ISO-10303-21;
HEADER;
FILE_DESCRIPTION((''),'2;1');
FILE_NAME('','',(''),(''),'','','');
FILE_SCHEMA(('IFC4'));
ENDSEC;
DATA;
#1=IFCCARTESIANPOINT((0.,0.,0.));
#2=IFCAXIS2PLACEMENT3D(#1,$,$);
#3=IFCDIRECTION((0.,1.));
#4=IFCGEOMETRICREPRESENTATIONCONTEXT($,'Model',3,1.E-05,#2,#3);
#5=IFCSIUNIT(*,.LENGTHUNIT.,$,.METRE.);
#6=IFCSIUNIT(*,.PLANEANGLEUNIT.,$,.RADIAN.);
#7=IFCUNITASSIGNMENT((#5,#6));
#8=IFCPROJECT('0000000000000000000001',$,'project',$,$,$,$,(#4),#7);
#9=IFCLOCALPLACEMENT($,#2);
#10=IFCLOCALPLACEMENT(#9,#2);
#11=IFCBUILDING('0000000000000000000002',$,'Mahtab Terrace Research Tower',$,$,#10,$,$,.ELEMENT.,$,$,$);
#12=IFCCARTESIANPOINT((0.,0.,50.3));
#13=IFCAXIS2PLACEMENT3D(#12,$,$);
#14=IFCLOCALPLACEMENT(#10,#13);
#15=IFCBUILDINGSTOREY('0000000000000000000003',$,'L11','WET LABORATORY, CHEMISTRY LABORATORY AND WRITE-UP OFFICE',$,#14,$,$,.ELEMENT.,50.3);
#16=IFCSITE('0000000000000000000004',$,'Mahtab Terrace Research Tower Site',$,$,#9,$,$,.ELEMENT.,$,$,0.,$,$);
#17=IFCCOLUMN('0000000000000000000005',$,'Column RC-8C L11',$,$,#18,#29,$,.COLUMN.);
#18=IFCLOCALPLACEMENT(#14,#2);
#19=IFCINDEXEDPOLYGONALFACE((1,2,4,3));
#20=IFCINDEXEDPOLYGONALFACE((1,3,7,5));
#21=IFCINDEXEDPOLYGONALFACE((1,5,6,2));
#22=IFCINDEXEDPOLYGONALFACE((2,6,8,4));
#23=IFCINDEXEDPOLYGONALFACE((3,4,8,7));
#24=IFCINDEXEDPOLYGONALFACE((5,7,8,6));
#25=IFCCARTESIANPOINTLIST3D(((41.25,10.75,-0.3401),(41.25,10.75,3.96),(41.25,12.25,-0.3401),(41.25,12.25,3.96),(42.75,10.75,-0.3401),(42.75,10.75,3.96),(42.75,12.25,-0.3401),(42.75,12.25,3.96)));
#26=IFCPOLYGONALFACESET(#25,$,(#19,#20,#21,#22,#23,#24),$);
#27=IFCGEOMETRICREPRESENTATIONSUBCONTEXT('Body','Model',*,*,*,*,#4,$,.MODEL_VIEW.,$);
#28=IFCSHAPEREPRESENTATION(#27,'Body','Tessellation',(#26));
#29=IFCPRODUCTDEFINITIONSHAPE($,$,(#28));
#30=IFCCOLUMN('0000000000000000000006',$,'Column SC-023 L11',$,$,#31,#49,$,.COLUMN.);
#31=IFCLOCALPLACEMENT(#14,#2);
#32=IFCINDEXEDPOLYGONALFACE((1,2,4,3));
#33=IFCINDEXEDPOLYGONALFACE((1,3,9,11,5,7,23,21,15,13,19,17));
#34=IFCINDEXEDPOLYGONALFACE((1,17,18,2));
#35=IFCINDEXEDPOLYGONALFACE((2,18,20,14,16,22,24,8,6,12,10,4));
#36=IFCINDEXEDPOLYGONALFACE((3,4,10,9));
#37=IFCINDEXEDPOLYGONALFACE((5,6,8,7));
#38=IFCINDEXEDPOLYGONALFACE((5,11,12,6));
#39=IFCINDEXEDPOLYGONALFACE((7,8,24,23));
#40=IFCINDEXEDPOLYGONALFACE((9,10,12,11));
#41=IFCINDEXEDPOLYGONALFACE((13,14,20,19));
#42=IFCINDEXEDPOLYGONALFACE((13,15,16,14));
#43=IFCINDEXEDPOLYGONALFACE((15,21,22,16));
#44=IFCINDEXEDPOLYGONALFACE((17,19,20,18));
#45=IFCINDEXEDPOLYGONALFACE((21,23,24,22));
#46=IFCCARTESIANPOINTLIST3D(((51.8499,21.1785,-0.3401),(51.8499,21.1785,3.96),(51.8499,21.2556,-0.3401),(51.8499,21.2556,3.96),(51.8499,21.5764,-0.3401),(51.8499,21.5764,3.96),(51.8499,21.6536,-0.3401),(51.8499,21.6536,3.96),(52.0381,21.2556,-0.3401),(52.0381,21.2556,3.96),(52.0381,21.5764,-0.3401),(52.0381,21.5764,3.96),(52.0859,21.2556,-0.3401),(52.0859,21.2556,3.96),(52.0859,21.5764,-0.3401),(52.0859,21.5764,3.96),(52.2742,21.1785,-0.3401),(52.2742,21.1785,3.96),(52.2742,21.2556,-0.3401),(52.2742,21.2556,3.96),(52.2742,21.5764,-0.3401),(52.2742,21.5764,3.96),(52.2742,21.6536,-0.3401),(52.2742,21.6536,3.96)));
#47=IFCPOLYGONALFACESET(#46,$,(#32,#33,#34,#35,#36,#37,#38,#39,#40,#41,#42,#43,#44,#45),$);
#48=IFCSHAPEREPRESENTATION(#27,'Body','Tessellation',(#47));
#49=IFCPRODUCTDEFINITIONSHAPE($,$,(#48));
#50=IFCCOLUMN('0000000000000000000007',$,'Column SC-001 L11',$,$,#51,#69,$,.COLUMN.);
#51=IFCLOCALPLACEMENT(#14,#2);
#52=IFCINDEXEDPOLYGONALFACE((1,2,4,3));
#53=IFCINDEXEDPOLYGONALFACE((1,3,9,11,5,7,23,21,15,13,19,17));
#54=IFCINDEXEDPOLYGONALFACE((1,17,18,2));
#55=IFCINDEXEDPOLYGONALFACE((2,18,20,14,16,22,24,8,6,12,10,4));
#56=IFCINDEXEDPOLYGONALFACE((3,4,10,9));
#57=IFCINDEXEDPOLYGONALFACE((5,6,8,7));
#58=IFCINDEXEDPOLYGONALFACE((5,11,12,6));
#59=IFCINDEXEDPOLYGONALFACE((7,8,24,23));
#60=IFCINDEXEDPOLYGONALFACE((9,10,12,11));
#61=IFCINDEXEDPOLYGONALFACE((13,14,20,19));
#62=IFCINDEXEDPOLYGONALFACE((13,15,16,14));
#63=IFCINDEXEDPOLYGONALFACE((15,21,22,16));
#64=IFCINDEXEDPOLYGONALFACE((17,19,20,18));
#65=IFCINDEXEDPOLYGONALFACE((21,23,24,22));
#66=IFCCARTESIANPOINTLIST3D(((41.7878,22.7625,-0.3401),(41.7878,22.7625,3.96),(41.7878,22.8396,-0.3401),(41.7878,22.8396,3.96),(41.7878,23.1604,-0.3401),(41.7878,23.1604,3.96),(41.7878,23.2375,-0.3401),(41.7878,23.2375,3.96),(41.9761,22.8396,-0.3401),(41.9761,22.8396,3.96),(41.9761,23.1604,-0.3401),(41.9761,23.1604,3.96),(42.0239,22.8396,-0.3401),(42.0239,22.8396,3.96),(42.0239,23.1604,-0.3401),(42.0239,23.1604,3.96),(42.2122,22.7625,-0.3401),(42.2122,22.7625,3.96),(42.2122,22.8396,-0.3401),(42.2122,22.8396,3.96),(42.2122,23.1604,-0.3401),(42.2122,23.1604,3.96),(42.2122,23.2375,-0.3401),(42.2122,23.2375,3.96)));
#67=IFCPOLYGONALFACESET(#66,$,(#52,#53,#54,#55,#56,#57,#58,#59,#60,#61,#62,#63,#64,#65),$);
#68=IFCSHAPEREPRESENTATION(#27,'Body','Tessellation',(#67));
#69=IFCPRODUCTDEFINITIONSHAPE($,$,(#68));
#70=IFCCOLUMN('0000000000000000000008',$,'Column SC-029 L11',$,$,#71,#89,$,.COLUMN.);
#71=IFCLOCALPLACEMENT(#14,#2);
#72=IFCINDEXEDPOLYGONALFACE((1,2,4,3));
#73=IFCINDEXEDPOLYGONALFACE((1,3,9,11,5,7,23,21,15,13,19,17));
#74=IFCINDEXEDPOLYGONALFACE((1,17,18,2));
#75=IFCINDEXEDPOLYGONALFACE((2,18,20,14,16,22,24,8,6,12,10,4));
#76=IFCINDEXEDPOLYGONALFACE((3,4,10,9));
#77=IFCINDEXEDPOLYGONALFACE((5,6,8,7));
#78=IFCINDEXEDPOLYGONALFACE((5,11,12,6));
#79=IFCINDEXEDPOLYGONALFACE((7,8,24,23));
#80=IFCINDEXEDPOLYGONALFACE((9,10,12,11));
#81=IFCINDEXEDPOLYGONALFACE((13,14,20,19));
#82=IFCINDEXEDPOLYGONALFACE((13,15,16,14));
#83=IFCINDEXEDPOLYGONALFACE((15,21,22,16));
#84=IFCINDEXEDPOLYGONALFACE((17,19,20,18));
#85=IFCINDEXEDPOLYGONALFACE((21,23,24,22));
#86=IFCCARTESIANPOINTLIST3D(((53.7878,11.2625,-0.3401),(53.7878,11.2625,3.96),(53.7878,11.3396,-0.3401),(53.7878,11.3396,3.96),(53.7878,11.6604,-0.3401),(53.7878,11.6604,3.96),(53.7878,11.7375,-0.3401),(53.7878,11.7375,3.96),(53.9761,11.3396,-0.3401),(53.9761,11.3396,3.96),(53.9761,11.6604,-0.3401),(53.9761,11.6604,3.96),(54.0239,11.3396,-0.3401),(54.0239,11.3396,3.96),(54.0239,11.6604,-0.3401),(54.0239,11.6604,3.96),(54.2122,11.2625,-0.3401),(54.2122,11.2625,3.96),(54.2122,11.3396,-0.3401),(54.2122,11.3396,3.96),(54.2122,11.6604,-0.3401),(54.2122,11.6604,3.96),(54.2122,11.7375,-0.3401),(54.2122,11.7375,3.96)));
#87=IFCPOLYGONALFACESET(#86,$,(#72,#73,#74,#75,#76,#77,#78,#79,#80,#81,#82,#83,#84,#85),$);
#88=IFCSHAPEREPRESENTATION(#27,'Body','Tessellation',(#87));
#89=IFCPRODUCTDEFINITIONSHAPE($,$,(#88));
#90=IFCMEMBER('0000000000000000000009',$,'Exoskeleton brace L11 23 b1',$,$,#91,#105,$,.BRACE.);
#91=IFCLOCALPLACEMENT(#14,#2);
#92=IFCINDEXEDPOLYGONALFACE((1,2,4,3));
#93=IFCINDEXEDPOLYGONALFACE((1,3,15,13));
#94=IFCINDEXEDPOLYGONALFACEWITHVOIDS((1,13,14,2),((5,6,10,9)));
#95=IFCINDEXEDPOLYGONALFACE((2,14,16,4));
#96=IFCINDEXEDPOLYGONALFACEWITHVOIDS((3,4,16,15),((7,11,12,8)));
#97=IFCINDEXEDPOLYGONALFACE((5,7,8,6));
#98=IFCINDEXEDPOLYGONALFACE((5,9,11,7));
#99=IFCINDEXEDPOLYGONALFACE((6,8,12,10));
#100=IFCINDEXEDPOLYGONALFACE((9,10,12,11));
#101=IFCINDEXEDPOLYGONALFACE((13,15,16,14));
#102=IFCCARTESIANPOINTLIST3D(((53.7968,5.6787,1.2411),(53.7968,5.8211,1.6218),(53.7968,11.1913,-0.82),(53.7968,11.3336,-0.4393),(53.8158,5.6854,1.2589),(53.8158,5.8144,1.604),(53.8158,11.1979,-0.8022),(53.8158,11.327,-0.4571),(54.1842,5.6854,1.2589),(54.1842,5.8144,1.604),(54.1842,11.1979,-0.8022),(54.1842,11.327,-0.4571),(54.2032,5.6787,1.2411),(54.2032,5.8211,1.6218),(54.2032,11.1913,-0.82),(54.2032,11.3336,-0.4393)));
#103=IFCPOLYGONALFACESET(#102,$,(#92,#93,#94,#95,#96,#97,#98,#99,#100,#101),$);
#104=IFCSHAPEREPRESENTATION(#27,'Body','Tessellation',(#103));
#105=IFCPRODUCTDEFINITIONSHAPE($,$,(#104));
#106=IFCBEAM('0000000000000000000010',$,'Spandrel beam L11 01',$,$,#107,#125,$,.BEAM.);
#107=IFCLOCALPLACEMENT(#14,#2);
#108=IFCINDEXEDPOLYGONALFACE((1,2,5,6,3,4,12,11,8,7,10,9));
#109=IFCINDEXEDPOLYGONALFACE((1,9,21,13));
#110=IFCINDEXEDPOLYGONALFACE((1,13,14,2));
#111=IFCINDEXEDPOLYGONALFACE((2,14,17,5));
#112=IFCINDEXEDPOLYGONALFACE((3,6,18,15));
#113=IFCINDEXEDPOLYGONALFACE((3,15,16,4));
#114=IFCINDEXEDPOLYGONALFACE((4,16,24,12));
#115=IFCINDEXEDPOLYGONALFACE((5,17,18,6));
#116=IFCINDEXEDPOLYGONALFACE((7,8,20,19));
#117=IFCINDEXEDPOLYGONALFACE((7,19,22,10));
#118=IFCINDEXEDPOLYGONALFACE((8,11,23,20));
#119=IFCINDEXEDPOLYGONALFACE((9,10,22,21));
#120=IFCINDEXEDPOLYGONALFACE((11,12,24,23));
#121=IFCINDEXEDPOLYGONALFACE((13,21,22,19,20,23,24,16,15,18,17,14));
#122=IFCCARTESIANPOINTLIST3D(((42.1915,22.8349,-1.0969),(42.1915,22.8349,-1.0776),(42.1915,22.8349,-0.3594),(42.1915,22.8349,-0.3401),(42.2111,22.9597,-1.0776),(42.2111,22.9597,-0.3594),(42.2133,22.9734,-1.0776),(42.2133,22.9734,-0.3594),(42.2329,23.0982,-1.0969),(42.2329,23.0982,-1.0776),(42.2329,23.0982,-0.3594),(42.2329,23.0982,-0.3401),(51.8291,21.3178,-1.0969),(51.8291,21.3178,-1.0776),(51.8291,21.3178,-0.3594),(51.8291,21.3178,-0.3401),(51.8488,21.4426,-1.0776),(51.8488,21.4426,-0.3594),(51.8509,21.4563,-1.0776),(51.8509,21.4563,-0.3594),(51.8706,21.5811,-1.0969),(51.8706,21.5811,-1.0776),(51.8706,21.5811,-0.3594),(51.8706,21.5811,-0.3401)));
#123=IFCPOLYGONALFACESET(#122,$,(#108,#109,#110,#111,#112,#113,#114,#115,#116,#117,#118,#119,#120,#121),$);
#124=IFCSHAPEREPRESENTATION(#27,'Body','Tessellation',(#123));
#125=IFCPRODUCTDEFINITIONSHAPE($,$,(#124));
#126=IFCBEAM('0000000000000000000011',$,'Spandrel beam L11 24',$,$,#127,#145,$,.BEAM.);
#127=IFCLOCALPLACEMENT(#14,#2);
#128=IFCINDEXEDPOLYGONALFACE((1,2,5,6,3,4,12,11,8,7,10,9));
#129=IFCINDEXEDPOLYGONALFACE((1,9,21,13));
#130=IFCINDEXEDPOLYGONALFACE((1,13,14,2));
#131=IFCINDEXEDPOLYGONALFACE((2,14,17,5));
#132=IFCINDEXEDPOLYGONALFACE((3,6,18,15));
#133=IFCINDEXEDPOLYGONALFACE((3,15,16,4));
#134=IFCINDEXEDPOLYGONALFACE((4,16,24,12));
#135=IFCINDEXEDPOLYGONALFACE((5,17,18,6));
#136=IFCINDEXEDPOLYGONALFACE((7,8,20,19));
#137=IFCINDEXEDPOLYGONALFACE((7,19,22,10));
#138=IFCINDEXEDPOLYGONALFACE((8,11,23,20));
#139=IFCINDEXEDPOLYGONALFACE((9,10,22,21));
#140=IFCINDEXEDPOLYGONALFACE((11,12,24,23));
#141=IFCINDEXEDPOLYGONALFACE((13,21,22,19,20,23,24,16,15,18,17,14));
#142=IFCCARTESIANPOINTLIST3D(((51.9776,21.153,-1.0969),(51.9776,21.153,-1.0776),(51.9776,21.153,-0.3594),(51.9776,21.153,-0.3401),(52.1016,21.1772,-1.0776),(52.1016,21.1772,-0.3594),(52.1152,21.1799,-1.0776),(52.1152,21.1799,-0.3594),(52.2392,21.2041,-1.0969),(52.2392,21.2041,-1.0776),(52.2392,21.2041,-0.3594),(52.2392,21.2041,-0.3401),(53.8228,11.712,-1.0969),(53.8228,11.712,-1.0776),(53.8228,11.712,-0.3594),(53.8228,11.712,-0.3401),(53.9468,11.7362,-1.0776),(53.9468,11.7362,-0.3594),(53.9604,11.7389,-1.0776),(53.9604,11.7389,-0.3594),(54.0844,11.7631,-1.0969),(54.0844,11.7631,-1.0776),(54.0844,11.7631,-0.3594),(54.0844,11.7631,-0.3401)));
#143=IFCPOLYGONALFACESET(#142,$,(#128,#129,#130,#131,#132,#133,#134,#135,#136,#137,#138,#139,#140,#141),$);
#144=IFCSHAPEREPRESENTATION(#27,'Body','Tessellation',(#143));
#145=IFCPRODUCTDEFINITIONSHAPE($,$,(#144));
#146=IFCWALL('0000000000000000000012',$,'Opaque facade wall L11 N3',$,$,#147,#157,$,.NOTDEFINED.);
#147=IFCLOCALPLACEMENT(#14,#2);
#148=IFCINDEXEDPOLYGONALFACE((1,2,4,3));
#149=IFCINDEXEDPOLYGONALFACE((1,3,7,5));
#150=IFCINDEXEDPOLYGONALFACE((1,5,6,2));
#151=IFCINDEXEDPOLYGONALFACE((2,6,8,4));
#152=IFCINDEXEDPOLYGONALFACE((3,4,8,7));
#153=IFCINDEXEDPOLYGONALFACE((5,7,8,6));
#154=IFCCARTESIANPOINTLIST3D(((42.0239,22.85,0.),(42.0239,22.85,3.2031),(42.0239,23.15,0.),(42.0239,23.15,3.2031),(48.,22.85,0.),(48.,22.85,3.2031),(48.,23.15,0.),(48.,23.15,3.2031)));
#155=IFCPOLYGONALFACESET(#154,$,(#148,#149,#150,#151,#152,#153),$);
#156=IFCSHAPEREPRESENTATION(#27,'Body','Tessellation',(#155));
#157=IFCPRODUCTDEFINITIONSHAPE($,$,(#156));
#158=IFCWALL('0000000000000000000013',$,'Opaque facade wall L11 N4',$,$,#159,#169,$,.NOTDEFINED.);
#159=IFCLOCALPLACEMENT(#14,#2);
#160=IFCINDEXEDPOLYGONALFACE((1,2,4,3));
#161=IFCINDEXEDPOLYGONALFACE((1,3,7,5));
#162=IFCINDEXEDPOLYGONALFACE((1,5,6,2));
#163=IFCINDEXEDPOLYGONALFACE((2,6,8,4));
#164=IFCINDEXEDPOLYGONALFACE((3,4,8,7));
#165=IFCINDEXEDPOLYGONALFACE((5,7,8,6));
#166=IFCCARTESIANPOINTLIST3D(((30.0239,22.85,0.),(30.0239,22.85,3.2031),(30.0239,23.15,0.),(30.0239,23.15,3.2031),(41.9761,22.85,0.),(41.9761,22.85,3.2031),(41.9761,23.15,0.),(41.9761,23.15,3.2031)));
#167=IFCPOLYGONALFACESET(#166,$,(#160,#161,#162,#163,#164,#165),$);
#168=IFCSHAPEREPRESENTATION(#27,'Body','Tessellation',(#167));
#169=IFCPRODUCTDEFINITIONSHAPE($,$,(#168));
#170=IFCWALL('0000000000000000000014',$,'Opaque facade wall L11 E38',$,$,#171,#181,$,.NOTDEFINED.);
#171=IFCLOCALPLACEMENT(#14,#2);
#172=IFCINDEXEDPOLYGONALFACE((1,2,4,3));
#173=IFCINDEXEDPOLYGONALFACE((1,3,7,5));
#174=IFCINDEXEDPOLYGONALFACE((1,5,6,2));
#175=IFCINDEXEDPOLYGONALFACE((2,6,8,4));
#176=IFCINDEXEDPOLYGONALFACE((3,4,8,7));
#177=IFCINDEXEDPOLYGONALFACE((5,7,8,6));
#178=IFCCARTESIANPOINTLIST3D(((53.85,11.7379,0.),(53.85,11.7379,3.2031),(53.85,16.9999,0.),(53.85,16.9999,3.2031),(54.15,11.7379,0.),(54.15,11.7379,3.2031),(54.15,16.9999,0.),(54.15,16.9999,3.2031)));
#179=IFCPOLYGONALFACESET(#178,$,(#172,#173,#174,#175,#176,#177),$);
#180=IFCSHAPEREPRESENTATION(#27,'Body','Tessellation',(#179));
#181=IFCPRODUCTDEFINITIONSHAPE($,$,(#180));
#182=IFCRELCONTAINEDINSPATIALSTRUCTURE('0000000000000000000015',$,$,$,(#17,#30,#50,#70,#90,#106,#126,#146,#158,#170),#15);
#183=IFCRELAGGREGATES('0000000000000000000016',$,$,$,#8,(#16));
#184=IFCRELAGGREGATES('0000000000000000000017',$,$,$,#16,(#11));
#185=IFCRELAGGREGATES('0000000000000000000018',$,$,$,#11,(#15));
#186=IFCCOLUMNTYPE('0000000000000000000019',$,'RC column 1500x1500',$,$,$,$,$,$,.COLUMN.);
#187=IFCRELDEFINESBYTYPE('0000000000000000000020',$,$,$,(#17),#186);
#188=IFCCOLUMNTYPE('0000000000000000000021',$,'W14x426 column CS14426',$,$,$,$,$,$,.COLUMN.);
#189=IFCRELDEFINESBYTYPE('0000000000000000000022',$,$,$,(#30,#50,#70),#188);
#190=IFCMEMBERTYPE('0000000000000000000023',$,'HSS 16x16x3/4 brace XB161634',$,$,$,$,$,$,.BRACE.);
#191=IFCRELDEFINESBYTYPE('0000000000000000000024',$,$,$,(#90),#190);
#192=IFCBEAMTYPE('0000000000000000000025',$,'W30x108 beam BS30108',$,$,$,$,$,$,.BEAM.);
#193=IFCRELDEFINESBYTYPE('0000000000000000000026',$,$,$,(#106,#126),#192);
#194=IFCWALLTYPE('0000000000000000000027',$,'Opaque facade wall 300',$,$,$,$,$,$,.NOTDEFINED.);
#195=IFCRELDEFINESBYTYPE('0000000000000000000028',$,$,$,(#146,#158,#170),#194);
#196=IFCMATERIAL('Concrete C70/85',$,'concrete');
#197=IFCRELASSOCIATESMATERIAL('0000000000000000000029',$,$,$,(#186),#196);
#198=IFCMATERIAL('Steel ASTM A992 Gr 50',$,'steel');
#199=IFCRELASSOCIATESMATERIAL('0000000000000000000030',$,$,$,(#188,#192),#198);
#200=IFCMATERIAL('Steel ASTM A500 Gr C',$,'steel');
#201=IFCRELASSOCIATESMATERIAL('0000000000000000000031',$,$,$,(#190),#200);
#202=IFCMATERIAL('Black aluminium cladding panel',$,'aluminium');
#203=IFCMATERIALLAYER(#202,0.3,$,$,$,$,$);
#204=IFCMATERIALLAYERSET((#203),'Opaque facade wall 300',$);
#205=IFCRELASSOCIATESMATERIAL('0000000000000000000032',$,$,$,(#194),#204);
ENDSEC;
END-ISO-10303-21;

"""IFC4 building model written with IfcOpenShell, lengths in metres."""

from ifc_helpers import new_model, si_unit, direction, frame, frame_2d, origin, origin_2d, place, context, subcontext, project, spatial, rectangle, hollow_rectangle, i_section, extrude, material, layer, layer_set, material_profile, profile_set, type_object, element, save


model = new_model("IFC4")

# Units and contexts
model_context = context("Model", 3, precision=1e-05, world=origin(), true_north=direction((0.0, 1.0)))
body_context = subcontext(model_context, "Body", "Model", "MODEL_VIEW")
ifc_project = project(units=[si_unit("LENGTHUNIT", "METRE"), si_unit("PLANEANGLEUNIT", "RADIAN")], contexts=[model_context])

# Site, building, storey
site_placement = place(None, origin())
site = spatial("IfcSite", under=ifc_project, at=site_placement, Name="Mahtab Terrace Research Tower Site", CompositionType="ELEMENT", RefElevation=0.0)
building_placement = place(site_placement, origin())
building = spatial("IfcBuilding", under=site, at=building_placement, Name="Mahtab Terrace Research Tower", CompositionType="ELEMENT")
storey_placement = place(building_placement, frame((0.0, 0.0, 50.3)))
storey = spatial("IfcBuildingStorey", under=building, at=storey_placement, Name="L11", Description="WET LABORATORY, CHEMISTRY LABORATORY AND WRITE-UP OFFICE", CompositionType="ELEMENT", Elevation=50.3)

# Columns
ifc_material_1 = material(Name="Concrete C70/85", Category="concrete")
ifc_material_profile_1 = material_profile(ifc_material_1, rectangle(XDim=1.5, YDim=1.5, at=origin_2d()), Name="RC column 1500x1500")
ifc_profile_set_1 = profile_set([ifc_material_profile_1], Name="Concrete C70/85")
column_type_1 = type_object("IfcColumnType", Name="RC column 1500x1500", PredefinedType="COLUMN", material=ifc_profile_set_1)
column_placement = place(storey_placement, frame((42.0, 11.5, -0.3401), z_axis=(0.0, 0.0, 1.0), x_axis=(1.0, 0.0, 0.0)))
element("IfcColumn", 1, at=column_placement, inside=storey, type_object=column_type_1, Name="Column RC-8C L11", PredefinedType="COLUMN", context=body_context, shape_type="SweptSolid", body=[
    extrude(rectangle(XDim=1.5, YDim=1.5, at=origin_2d()), origin(), (0.0, 0.0, 1.0), 4.3),
])
ifc_material_2 = material(Name="Steel ASTM A992 Gr 50", Category="steel")
ifc_material_profile_2 = material_profile(ifc_material_2, i_section(OverallWidth=0.4243, OverallDepth=0.4751, WebThickness=0.0479, FlangeThickness=0.0771, at=origin_2d()), Name="W14X426")
ifc_profile_set_2 = profile_set([ifc_material_profile_2], Name="Steel ASTM A992 Gr 50")
column_type_2 = type_object("IfcColumnType", Name="W14x426 column CS14426", PredefinedType="COLUMN", material=ifc_profile_set_2)
for number, where, z_axis, x_axis, name in (
    (2, (52.062, 21.416, -0.3401), (0.0, 0.0, 1.0), (1.0, 0.0, 0.0), "Column SC-023 L11"),
    (3, (42.0, 23.0, -0.3401), (0.0, 0.0, 1.0), (1.0, 0.0, 0.0), "Column SC-001 L11"),
    (4, (54.0, 11.5, -0.3401), (0.0, 0.0, 1.0), (1.0, 0.0, 0.0), "Column SC-029 L11"),
):
    element("IfcColumn", number, at=place(storey_placement, frame(where, z_axis=z_axis, x_axis=x_axis)), inside=storey, type_object=column_type_2, Name=name, PredefinedType="COLUMN", context=body_context, shape_type="SweptSolid", body=[
        extrude(i_section(OverallWidth=0.4243, OverallDepth=0.4751, WebThickness=0.0479, FlangeThickness=0.0771, at=origin_2d()), origin(), (0.0, 0.0, 1.0), 4.3),
    ])

# Member
ifc_material_3 = material(Name="Steel ASTM A500 Gr C", Category="steel")
ifc_material_profile_3 = material_profile(ifc_material_3, hollow_rectangle(XDim=0.4065, YDim=0.4065, WallThickness=0.019, at=origin_2d()), Name="HSS16X16X3/4")
ifc_profile_set_3 = profile_set([ifc_material_profile_3], Name="Steel ASTM A500 Gr C")
member_type = type_object("IfcMemberType", Name="HSS 16x16x3/4 brace XB161634", PredefinedType="BRACE", material=ifc_profile_set_3)
member_placement = place(storey_placement, frame((54.0, 11.2625, -0.6296), z_axis=(0.0, -0.936671, 0.350209), x_axis=(1.0, 0.0, 0.0)))
element("IfcMember", 5, at=member_placement, inside=storey, type_object=member_type, Name="Exoskeleton brace L11 23 b1", PredefinedType="BRACE", context=body_context, shape_type="SweptSolid", body=[
    extrude(hollow_rectangle(XDim=0.4065, YDim=0.4065, WallThickness=0.019, at=origin_2d()), origin(), (0.0, 0.0, 1.0), 5.8853),
])

# Beams
ifc_material_profile_4 = material_profile(ifc_material_2, i_section(OverallWidth=0.2666, OverallDepth=0.7568, WebThickness=0.0139, FlangeThickness=0.0193, at=origin_2d()), Name="W30X108")
ifc_profile_set_4 = profile_set([ifc_material_profile_4], Name="Steel ASTM A992 Gr 50")
beam_type = type_object("IfcBeamType", Name="W30x108 beam BS30108", PredefinedType="BEAM", material=ifc_profile_set_4)
beam_1_placement = place(storey_placement, frame((51.8499, 21.4495, -0.7185), z_axis=(-0.987836, 0.155497, 0.0), x_axis=(-0.155497, -0.987836, 0.0)))
element("IfcBeam", 6, at=beam_1_placement, inside=storey, type_object=beam_type, Name="Spandrel beam L11 01", PredefinedType="BEAM", context=body_context, shape_type="SweptSolid", body=[
    extrude(i_section(OverallWidth=0.2666, OverallDepth=0.7568, WebThickness=0.0139, FlangeThickness=0.0193, at=origin_2d()), origin(), (0.0, 0.0, 1.0), 9.7563),
])
beam_2_placement = place(storey_placement, frame((53.9536, 11.7375, -0.7185), z_axis=(-0.191819, 0.98143, 0.0), x_axis=(-0.98143, -0.191819, 0.0)))
element("IfcBeam", 7, at=beam_2_placement, inside=storey, type_object=beam_type, Name="Spandrel beam L11 24", PredefinedType="BEAM", context=body_context, shape_type="SweptSolid", body=[
    extrude(i_section(OverallWidth=0.2666, OverallDepth=0.7568, WebThickness=0.0139, FlangeThickness=0.0193, at=origin_2d()), origin(), (0.0, 0.0, 1.0), 9.6196),
])

# Walls
ifc_material_4 = material(Name="Black aluminium cladding panel", Category="aluminium")
ifc_layer_1 = layer(ifc_material_4, 0.3)
ifc_layer_set_1 = layer_set([ifc_layer_1], Name="Opaque facade wall 300")
wall_type_1 = type_object("IfcWallType", Name="Opaque facade wall 300", PredefinedType="NOTDEFINED", material=ifc_layer_set_1)
wall_1_placement = place(storey_placement, frame((48.0, 23.0, 0.0), z_axis=(0.0, 0.0, 1.0), x_axis=(-1.0, 0.0, 0.0)))
element("IfcWall", 8, at=wall_1_placement, inside=storey, type_object=wall_type_1, Name="Opaque facade wall L11 N3", PredefinedType="NOTDEFINED", context=body_context, shape_type="SweptSolid", body=[
    extrude(rectangle(XDim=5.9761, YDim=0.3, at=frame_2d((2.988, 0.0))), origin(), (0.0, 0.0, 1.0), 3.2031),
])
wall_2_placement = place(storey_placement, frame((41.9761, 23.0, 0.0), z_axis=(0.0, 0.0, 1.0), x_axis=(-1.0, 0.0, 0.0)))
element("IfcWall", 9, at=wall_2_placement, inside=storey, type_object=wall_type_1, Name="Opaque facade wall L11 N4", PredefinedType="NOTDEFINED", context=body_context, shape_type="SweptSolid", body=[
    extrude(rectangle(XDim=11.9521, YDim=0.3, at=frame_2d((5.9761, 0.0))), origin(), (0.0, 0.0, 1.0), 3.2031),
])
wall_3_placement = place(storey_placement, frame((54.0, 11.738, 0.0), z_axis=(0.0, 0.0, 1.0), x_axis=(0.0, 1.0, 0.0)))
element("IfcWall", 10, at=wall_3_placement, inside=storey, type_object=wall_type_1, Name="Opaque facade wall L11 E38", PredefinedType="NOTDEFINED", context=body_context, shape_type="SweptSolid", body=[
    extrude(rectangle(XDim=5.262, YDim=0.3, at=frame_2d((2.6309, 0.0))), origin(), (0.0, 0.0, 1.0), 3.2031),
])

save(model, "model.ifc")
